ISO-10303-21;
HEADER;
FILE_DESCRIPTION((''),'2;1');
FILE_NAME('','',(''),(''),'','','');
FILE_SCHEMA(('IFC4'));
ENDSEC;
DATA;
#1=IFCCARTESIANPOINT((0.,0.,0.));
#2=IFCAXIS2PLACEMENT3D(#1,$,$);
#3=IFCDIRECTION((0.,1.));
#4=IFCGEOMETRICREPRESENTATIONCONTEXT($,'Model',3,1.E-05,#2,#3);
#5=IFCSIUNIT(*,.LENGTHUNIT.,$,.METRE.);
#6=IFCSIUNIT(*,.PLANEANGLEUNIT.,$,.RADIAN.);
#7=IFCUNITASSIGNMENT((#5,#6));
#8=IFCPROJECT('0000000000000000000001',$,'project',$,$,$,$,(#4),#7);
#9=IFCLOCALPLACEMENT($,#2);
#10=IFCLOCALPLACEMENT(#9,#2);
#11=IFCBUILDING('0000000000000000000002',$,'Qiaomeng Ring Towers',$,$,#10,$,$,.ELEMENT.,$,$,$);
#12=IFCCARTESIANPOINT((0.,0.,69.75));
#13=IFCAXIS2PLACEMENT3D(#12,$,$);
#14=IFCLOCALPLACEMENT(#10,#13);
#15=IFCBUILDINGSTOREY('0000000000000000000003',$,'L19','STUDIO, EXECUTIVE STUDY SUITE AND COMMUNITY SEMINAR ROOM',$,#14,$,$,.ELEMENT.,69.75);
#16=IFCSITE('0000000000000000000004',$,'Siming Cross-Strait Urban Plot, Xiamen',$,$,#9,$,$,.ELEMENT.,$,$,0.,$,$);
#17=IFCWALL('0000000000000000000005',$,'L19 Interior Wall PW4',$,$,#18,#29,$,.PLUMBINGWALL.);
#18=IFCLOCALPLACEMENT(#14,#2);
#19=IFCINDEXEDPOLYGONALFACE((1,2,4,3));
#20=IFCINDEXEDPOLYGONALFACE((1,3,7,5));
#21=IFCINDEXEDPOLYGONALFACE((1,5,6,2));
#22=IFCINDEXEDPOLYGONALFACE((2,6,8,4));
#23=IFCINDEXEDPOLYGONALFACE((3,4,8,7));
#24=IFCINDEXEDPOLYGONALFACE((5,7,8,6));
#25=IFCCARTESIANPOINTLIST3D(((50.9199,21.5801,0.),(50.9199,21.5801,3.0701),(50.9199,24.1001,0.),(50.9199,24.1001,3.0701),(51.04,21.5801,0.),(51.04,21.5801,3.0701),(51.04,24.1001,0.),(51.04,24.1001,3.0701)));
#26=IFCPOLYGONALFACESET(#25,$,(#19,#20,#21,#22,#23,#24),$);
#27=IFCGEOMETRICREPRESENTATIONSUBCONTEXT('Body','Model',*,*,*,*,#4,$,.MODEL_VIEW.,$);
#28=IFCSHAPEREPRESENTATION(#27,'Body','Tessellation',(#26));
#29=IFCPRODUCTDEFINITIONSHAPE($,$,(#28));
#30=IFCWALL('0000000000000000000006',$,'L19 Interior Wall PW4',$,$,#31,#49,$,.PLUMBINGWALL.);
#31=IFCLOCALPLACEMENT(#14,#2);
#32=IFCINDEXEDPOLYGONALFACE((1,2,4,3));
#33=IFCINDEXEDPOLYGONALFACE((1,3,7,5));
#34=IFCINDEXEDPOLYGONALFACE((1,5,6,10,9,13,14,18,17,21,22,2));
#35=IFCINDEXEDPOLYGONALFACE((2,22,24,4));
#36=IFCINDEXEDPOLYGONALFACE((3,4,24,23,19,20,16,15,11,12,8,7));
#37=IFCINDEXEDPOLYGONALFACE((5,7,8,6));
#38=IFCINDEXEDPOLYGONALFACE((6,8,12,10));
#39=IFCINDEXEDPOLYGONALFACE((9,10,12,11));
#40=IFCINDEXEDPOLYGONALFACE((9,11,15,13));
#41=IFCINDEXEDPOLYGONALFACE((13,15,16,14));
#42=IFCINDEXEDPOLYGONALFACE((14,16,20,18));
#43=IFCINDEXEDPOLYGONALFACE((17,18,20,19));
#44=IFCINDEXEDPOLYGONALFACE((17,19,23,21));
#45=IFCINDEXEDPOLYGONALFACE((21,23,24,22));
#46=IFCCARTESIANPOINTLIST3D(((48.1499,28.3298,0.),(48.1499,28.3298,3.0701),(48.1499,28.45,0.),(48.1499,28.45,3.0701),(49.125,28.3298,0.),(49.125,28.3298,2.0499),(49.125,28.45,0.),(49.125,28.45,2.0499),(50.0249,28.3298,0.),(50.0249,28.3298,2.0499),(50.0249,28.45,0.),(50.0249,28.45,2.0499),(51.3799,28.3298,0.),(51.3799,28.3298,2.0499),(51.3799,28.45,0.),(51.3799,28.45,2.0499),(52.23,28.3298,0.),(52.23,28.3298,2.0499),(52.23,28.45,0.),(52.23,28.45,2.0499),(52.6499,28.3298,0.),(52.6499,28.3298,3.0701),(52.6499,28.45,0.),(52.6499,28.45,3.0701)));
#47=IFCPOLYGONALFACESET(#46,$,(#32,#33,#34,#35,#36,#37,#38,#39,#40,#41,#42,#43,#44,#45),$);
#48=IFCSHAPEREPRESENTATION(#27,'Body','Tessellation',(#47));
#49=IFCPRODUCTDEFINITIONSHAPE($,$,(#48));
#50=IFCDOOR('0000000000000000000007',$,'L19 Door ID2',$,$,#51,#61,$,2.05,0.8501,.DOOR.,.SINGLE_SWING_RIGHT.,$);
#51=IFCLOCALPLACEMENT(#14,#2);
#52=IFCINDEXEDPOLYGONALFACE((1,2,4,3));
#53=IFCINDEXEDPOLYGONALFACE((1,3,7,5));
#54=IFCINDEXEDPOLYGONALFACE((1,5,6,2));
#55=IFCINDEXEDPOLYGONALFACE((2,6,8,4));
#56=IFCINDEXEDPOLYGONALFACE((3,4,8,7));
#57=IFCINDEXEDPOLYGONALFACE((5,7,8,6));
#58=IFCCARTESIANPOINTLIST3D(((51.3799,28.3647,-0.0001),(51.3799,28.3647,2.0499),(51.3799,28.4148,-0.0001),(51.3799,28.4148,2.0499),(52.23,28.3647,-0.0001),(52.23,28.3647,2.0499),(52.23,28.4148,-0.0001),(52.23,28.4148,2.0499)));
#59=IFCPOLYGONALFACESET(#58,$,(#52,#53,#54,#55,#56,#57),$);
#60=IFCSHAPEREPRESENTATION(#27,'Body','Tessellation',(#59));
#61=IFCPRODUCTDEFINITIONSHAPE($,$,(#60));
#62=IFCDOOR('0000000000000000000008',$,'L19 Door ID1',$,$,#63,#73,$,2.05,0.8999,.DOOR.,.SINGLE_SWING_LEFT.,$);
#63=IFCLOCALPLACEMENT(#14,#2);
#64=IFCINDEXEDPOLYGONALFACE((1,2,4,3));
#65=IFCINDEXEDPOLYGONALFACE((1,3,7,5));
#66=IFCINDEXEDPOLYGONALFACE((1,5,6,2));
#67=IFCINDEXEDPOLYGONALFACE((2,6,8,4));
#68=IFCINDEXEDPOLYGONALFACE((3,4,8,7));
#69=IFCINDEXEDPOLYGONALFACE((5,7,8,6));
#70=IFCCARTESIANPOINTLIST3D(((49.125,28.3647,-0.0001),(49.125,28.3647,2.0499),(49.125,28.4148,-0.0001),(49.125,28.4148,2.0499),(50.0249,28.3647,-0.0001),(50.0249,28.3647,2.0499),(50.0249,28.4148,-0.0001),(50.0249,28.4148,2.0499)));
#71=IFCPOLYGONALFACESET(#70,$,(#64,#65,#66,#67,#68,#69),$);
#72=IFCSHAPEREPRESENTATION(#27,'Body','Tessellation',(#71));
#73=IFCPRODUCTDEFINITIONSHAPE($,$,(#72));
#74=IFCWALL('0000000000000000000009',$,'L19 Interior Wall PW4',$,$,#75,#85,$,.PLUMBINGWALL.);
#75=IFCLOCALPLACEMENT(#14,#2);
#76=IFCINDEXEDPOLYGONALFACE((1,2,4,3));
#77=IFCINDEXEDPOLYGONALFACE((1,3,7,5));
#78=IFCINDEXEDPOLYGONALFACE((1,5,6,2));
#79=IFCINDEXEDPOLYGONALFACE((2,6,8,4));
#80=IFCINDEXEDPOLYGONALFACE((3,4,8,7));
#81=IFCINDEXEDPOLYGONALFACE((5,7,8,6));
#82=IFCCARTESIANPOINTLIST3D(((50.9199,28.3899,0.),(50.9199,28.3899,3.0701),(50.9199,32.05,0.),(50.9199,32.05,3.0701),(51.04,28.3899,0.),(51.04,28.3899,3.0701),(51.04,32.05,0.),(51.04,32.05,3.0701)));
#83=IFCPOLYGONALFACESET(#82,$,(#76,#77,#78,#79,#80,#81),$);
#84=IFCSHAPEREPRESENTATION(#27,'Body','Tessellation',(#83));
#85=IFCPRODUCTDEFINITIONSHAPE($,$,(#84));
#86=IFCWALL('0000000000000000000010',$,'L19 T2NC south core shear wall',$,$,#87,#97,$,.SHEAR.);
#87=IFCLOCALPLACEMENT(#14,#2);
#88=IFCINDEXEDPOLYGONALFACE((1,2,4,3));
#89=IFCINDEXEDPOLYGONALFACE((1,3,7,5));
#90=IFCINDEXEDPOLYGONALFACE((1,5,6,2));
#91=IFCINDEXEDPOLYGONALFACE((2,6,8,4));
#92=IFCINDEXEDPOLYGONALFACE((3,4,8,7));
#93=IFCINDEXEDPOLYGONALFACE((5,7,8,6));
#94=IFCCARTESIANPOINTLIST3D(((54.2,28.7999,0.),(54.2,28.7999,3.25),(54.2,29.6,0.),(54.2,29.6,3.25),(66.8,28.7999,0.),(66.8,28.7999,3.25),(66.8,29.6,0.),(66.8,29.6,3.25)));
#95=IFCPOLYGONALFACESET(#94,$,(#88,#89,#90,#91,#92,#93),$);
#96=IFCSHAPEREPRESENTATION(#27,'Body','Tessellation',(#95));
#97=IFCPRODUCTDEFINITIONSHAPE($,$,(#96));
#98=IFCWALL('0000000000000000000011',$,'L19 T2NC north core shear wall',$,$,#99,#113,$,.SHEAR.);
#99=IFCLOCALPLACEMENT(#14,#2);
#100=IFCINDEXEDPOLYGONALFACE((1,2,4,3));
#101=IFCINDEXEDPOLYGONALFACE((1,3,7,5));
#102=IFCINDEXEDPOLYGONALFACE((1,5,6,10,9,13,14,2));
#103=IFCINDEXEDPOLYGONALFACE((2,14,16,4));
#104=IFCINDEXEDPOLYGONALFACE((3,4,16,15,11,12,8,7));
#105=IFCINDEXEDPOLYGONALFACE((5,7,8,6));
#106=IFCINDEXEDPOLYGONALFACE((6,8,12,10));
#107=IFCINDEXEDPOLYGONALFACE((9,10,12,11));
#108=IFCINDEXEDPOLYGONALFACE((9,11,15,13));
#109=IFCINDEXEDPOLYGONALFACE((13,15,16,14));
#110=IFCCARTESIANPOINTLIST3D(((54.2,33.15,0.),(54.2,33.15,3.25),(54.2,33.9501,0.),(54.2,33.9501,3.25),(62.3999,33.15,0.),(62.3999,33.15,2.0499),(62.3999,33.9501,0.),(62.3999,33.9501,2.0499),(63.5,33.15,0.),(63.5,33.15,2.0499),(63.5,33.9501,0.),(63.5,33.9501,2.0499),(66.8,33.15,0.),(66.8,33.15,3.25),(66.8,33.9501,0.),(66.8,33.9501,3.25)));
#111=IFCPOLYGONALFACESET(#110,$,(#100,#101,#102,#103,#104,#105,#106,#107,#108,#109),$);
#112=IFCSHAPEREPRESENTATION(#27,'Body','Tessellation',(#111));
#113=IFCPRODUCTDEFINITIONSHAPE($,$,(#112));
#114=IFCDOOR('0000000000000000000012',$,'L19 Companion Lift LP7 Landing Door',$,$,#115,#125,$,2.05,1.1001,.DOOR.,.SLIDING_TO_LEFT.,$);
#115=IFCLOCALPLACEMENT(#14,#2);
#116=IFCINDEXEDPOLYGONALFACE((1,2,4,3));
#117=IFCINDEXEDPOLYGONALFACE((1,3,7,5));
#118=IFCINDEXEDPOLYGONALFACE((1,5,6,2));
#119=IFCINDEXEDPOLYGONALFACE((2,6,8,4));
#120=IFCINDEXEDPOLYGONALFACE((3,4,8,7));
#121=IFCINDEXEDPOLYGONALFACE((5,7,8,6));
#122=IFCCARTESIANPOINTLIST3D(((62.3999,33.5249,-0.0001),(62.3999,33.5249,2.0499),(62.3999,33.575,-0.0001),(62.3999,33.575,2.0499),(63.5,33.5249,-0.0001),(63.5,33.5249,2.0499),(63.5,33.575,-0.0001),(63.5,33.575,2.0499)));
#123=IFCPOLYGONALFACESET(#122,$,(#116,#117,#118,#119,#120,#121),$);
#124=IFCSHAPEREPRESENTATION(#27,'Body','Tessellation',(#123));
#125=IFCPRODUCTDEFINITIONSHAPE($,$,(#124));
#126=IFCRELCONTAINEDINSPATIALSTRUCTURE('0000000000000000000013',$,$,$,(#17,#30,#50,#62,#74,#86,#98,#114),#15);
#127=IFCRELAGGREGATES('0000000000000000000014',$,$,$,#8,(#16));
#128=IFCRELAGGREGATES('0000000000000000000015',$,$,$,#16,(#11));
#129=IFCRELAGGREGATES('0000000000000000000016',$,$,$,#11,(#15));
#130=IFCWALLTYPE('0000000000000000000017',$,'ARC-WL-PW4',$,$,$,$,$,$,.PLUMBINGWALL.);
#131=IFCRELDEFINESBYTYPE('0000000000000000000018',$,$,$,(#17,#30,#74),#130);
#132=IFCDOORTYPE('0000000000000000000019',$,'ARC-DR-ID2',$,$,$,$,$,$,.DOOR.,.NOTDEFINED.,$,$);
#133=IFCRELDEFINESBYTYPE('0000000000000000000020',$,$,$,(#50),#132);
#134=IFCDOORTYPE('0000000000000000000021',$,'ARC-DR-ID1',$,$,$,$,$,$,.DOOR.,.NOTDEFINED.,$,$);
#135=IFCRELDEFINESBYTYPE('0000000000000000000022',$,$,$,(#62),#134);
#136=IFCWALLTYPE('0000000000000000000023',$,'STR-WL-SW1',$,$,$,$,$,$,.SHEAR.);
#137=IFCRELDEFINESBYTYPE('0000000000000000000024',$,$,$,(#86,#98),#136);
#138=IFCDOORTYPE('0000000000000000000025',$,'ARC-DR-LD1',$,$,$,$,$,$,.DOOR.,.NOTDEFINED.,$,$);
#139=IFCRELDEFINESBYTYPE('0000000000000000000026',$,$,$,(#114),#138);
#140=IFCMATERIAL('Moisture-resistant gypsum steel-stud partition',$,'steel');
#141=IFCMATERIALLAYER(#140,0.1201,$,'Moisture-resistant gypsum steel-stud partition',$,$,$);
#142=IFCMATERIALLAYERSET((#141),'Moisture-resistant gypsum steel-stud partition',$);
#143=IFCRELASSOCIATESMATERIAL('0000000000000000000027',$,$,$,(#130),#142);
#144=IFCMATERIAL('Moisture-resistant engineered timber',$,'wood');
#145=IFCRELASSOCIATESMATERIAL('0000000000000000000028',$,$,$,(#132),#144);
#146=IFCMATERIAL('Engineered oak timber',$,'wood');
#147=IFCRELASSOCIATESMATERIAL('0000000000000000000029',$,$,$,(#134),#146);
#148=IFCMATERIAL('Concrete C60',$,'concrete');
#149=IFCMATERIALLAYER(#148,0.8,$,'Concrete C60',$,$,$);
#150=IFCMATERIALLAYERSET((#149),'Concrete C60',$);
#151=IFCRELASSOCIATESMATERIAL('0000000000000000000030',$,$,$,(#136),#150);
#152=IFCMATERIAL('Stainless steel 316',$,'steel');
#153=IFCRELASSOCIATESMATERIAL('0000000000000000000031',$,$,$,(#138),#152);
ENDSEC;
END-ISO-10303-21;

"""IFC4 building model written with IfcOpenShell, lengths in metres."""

from ifc_helpers import new_model, si_unit, direction, frame, frame_2d, origin, place, context, subcontext, project, spatial, rectangle, extrude, source, transform, mapped, material, layer, layer_set, type_object, element, fill, save


model = new_model("IFC4")

# Units and contexts
model_context = context("Model", 3, precision=1e-05, world=origin(), true_north=direction((0.0, 1.0)))
body_context = subcontext(model_context, "Body", "Model", "MODEL_VIEW")
ifc_project = project(units=[si_unit("LENGTHUNIT", "METRE"), si_unit("PLANEANGLEUNIT", "RADIAN")], contexts=[model_context])

# Site, building, storey
site_placement = place(None, origin())
site = spatial("IfcSite", under=ifc_project, at=site_placement, Name="Siming Cross-Strait Urban Plot, Xiamen", CompositionType="ELEMENT", RefElevation=0.0)
building_placement = place(site_placement, origin())
building = spatial("IfcBuilding", under=site, at=building_placement, Name="Qiaomeng Ring Towers", CompositionType="ELEMENT")
storey_placement = place(building_placement, frame((0.0, 0.0, 69.75)))
storey = spatial("IfcBuildingStorey", under=building, at=storey_placement, Name="L19", Description="STUDIO, EXECUTIVE STUDY SUITE AND COMMUNITY SEMINAR ROOM", CompositionType="ELEMENT", Elevation=69.75)

# Wall
ifc_material_1 = material(Name="Moisture-resistant gypsum steel-stud partition", Category="steel")
ifc_layer_1 = layer(ifc_material_1, 0.1201, Name="Moisture-resistant gypsum steel-stud partition")
ifc_layer_set_1 = layer_set([ifc_layer_1], Name="Moisture-resistant gypsum steel-stud partition")
wall_type_1 = type_object("IfcWallType", Name="ARC-WL-PW4", PredefinedType="PLUMBINGWALL", material=ifc_layer_set_1)
wall_1_placement = place(storey_placement, frame((50.98, 21.5801, 0.0), z_axis=(0.0, 0.0, 1.0), x_axis=(0.0, 1.0, 0.0)))
element("IfcWall", 1, at=wall_1_placement, inside=storey, type_object=wall_type_1, Name="L19 Interior Wall PW4", PredefinedType="PLUMBINGWALL", context=body_context, shape_type="SweptSolid", body=[
    extrude(rectangle(XDim=2.52, YDim=0.1201, at=frame_2d((1.26, 0.0))), origin(), (0.0, 0.0, 1.0), 3.0701),
])

# Wall, openings, doors
wall_2_placement = place(storey_placement, frame((48.1499, 28.3899, 0.0), z_axis=(0.0, 0.0, 1.0), x_axis=(1.0, 0.0, 0.0)))
wall_2 = element("IfcWall", 2, at=wall_2_placement, inside=storey, type_object=wall_type_1, Name="L19 Interior Wall PW4", PredefinedType="PLUMBINGWALL", context=body_context, shape_type="SweptSolid", body=[
    extrude(rectangle(XDim=4.5, YDim=0.1201, at=frame_2d((2.25, 0.0))), origin(), (0.0, 0.0, 1.0), 3.0701),
])
opening_1_placement = place(wall_2_placement, frame((0.9751, 0.0, 0.0)))
opening_1 = element("IfcOpeningElement", 3, at=opening_1_placement, cuts=wall_2, PredefinedType="OPENING", context=body_context, shape_type="SweptSolid", body=[
    extrude(rectangle(XDim=0.8999, YDim=2.05, at=frame_2d((0.45, 1.0249))), frame((0.0, 0.0701, 0.0), z_axis=(0.0, -1.0, 0.0), x_axis=(1.0, 0.0, 0.0)), (0.0, 0.0, 1.0), 0.1401),
])
opening_2_placement = place(wall_2_placement, frame((3.23, 0.0, 0.0)))
opening_2 = element("IfcOpeningElement", 4, at=opening_2_placement, cuts=wall_2, PredefinedType="OPENING", context=body_context, shape_type="SweptSolid", body=[
    extrude(rectangle(XDim=0.8501, YDim=2.05, at=frame_2d((0.425, 1.0249))), frame((0.0, 0.0701, 0.0), z_axis=(0.0, -1.0, 0.0), x_axis=(1.0, 0.0, 0.0)), (0.0, 0.0, 1.0), 0.1401),
])
ifc_material_2 = material(Name="Moisture-resistant engineered timber", Category="wood")
door_type_1 = type_object("IfcDoorType", Name="ARC-DR-ID2", OperationType="NOTDEFINED", PredefinedType="DOOR", material=ifc_material_2)
shared_shape_1 = source(origin(), body_context, "Body", "SweptSolid", [
    extrude(rectangle(XDim=0.8501, YDim=2.05, at=frame_2d((0.425, 1.0249))), frame((0.0, 0.0249, 0.0), z_axis=(0.0, -1.0, 0.0), x_axis=(1.0, 0.0, 0.0)), (0.0, 0.0, 1.0), 0.05),
])
door_1_placement = place(opening_2_placement, origin())
door_1 = element("IfcDoor", 5, at=door_1_placement, inside=storey, type_object=door_type_1, Name="L19 Door ID2", OperationType="SINGLE_SWING_RIGHT", OverallHeight=2.05, OverallWidth=0.8501, PredefinedType="DOOR", context=body_context, shape_type="MappedRepresentation", body=[
    mapped(shared_shape_1, transform((0.0, 0.0, 0.0), x_axis=(1.0, 0.0, 0.0), y_axis=(0.0, 1.0, 0.0), z_axis=(0.0, 0.0, 1.0), scale=1.0)),
])
fill(opening_2, door_1)
ifc_material_3 = material(Name="Engineered oak timber", Category="wood")
door_type_2 = type_object("IfcDoorType", Name="ARC-DR-ID1", OperationType="NOTDEFINED", PredefinedType="DOOR", material=ifc_material_3)
shared_shape_2 = source(origin(), body_context, "Body", "SweptSolid", [
    extrude(rectangle(XDim=0.8999, YDim=2.05, at=frame_2d((0.45, 1.0249))), frame((0.0, 0.0249, 0.0), z_axis=(0.0, -1.0, 0.0), x_axis=(1.0, 0.0, 0.0)), (0.0, 0.0, 1.0), 0.05),
])
door_2_placement = place(opening_1_placement, origin())
door_2 = element("IfcDoor", 6, at=door_2_placement, inside=storey, type_object=door_type_2, Name="L19 Door ID1", OperationType="SINGLE_SWING_LEFT", OverallHeight=2.05, OverallWidth=0.8999, PredefinedType="DOOR", context=body_context, shape_type="MappedRepresentation", body=[
    mapped(shared_shape_2, transform((0.0, 0.0, 0.0), x_axis=(1.0, 0.0, 0.0), y_axis=(0.0, 1.0, 0.0), z_axis=(0.0, 0.0, 1.0), scale=1.0)),
])
fill(opening_1, door_2)

# Walls
wall_3_placement = place(storey_placement, frame((50.98, 28.3899, 0.0), z_axis=(0.0, 0.0, 1.0), x_axis=(0.0, 1.0, 0.0)))
element("IfcWall", 7, at=wall_3_placement, inside=storey, type_object=wall_type_1, Name="L19 Interior Wall PW4", PredefinedType="PLUMBINGWALL", context=body_context, shape_type="SweptSolid", body=[
    extrude(rectangle(XDim=3.6602, YDim=0.1201, at=frame_2d((1.8301, 0.0))), origin(), (0.0, 0.0, 1.0), 3.0701),
])
ifc_material_4 = material(Name="Concrete C60", Category="concrete")
ifc_layer_2 = layer(ifc_material_4, 0.8, Name="Concrete C60")
ifc_layer_set_2 = layer_set([ifc_layer_2], Name="Concrete C60")
wall_type_2 = type_object("IfcWallType", Name="STR-WL-SW1", PredefinedType="SHEAR", material=ifc_layer_set_2)
wall_4_placement = place(storey_placement, frame((54.2, 29.2, 0.0), z_axis=(0.0, 0.0, 1.0), x_axis=(1.0, 0.0, 0.0)))
element("IfcWall", 8, at=wall_4_placement, inside=storey, type_object=wall_type_2, Name="L19 T2NC south core shear wall", PredefinedType="SHEAR", context=body_context, shape_type="SweptSolid", body=[
    extrude(rectangle(XDim=12.6001, YDim=0.8, at=frame_2d((6.3, 0.0))), origin(), (0.0, 0.0, 1.0), 3.25),
])

# Wall, opening, door
wall_5_placement = place(storey_placement, frame((54.2, 33.55, 0.0), z_axis=(0.0, 0.0, 1.0), x_axis=(1.0, 0.0, 0.0)))
wall_5 = element("IfcWall", 9, at=wall_5_placement, inside=storey, type_object=wall_type_2, Name="L19 T2NC north core shear wall", PredefinedType="SHEAR", context=body_context, shape_type="SweptSolid", body=[
    extrude(rectangle(XDim=12.6001, YDim=0.8, at=frame_2d((6.3, 0.0))), origin(), (0.0, 0.0, 1.0), 3.25),
])
opening_3_placement = place(wall_5_placement, frame((8.2, 0.0, 0.0)))
opening_3 = element("IfcOpeningElement", 10, at=opening_3_placement, cuts=wall_5, PredefinedType="OPENING", context=body_context, shape_type="SweptSolid", body=[
    extrude(rectangle(XDim=1.1001, YDim=2.05, at=frame_2d((0.55, 1.0249))), frame((0.0, 0.4099, 0.0), z_axis=(0.0, -1.0, 0.0), x_axis=(1.0, 0.0, 0.0)), (0.0, 0.0, 1.0), 0.8201),
])
ifc_material_5 = material(Name="Stainless steel 316", Category="steel")
door_type_3 = type_object("IfcDoorType", Name="ARC-DR-LD1", OperationType="NOTDEFINED", PredefinedType="DOOR", material=ifc_material_5)
shared_shape_3 = source(origin(), body_context, "Body", "SweptSolid", [
    extrude(rectangle(XDim=1.1001, YDim=2.05, at=frame_2d((0.55, 1.0249))), frame((0.0, 0.0249, 0.0), z_axis=(0.0, -1.0, 0.0), x_axis=(1.0, 0.0, 0.0)), (0.0, 0.0, 1.0), 0.05),
])
door_3_placement = place(opening_3_placement, origin())
door_3 = element("IfcDoor", 11, at=door_3_placement, inside=storey, type_object=door_type_3, Name="L19 Companion Lift LP7 Landing Door", OperationType="SLIDING_TO_LEFT", OverallHeight=2.05, OverallWidth=1.1001, PredefinedType="DOOR", context=body_context, shape_type="MappedRepresentation", body=[
    mapped(shared_shape_3, transform((0.0, 0.0, 0.0), x_axis=(1.0, 0.0, 0.0), y_axis=(0.0, 1.0, 0.0), z_axis=(0.0, 0.0, 1.0), scale=1.0)),
])
fill(opening_3, door_3)

save(model, "model.ifc")
